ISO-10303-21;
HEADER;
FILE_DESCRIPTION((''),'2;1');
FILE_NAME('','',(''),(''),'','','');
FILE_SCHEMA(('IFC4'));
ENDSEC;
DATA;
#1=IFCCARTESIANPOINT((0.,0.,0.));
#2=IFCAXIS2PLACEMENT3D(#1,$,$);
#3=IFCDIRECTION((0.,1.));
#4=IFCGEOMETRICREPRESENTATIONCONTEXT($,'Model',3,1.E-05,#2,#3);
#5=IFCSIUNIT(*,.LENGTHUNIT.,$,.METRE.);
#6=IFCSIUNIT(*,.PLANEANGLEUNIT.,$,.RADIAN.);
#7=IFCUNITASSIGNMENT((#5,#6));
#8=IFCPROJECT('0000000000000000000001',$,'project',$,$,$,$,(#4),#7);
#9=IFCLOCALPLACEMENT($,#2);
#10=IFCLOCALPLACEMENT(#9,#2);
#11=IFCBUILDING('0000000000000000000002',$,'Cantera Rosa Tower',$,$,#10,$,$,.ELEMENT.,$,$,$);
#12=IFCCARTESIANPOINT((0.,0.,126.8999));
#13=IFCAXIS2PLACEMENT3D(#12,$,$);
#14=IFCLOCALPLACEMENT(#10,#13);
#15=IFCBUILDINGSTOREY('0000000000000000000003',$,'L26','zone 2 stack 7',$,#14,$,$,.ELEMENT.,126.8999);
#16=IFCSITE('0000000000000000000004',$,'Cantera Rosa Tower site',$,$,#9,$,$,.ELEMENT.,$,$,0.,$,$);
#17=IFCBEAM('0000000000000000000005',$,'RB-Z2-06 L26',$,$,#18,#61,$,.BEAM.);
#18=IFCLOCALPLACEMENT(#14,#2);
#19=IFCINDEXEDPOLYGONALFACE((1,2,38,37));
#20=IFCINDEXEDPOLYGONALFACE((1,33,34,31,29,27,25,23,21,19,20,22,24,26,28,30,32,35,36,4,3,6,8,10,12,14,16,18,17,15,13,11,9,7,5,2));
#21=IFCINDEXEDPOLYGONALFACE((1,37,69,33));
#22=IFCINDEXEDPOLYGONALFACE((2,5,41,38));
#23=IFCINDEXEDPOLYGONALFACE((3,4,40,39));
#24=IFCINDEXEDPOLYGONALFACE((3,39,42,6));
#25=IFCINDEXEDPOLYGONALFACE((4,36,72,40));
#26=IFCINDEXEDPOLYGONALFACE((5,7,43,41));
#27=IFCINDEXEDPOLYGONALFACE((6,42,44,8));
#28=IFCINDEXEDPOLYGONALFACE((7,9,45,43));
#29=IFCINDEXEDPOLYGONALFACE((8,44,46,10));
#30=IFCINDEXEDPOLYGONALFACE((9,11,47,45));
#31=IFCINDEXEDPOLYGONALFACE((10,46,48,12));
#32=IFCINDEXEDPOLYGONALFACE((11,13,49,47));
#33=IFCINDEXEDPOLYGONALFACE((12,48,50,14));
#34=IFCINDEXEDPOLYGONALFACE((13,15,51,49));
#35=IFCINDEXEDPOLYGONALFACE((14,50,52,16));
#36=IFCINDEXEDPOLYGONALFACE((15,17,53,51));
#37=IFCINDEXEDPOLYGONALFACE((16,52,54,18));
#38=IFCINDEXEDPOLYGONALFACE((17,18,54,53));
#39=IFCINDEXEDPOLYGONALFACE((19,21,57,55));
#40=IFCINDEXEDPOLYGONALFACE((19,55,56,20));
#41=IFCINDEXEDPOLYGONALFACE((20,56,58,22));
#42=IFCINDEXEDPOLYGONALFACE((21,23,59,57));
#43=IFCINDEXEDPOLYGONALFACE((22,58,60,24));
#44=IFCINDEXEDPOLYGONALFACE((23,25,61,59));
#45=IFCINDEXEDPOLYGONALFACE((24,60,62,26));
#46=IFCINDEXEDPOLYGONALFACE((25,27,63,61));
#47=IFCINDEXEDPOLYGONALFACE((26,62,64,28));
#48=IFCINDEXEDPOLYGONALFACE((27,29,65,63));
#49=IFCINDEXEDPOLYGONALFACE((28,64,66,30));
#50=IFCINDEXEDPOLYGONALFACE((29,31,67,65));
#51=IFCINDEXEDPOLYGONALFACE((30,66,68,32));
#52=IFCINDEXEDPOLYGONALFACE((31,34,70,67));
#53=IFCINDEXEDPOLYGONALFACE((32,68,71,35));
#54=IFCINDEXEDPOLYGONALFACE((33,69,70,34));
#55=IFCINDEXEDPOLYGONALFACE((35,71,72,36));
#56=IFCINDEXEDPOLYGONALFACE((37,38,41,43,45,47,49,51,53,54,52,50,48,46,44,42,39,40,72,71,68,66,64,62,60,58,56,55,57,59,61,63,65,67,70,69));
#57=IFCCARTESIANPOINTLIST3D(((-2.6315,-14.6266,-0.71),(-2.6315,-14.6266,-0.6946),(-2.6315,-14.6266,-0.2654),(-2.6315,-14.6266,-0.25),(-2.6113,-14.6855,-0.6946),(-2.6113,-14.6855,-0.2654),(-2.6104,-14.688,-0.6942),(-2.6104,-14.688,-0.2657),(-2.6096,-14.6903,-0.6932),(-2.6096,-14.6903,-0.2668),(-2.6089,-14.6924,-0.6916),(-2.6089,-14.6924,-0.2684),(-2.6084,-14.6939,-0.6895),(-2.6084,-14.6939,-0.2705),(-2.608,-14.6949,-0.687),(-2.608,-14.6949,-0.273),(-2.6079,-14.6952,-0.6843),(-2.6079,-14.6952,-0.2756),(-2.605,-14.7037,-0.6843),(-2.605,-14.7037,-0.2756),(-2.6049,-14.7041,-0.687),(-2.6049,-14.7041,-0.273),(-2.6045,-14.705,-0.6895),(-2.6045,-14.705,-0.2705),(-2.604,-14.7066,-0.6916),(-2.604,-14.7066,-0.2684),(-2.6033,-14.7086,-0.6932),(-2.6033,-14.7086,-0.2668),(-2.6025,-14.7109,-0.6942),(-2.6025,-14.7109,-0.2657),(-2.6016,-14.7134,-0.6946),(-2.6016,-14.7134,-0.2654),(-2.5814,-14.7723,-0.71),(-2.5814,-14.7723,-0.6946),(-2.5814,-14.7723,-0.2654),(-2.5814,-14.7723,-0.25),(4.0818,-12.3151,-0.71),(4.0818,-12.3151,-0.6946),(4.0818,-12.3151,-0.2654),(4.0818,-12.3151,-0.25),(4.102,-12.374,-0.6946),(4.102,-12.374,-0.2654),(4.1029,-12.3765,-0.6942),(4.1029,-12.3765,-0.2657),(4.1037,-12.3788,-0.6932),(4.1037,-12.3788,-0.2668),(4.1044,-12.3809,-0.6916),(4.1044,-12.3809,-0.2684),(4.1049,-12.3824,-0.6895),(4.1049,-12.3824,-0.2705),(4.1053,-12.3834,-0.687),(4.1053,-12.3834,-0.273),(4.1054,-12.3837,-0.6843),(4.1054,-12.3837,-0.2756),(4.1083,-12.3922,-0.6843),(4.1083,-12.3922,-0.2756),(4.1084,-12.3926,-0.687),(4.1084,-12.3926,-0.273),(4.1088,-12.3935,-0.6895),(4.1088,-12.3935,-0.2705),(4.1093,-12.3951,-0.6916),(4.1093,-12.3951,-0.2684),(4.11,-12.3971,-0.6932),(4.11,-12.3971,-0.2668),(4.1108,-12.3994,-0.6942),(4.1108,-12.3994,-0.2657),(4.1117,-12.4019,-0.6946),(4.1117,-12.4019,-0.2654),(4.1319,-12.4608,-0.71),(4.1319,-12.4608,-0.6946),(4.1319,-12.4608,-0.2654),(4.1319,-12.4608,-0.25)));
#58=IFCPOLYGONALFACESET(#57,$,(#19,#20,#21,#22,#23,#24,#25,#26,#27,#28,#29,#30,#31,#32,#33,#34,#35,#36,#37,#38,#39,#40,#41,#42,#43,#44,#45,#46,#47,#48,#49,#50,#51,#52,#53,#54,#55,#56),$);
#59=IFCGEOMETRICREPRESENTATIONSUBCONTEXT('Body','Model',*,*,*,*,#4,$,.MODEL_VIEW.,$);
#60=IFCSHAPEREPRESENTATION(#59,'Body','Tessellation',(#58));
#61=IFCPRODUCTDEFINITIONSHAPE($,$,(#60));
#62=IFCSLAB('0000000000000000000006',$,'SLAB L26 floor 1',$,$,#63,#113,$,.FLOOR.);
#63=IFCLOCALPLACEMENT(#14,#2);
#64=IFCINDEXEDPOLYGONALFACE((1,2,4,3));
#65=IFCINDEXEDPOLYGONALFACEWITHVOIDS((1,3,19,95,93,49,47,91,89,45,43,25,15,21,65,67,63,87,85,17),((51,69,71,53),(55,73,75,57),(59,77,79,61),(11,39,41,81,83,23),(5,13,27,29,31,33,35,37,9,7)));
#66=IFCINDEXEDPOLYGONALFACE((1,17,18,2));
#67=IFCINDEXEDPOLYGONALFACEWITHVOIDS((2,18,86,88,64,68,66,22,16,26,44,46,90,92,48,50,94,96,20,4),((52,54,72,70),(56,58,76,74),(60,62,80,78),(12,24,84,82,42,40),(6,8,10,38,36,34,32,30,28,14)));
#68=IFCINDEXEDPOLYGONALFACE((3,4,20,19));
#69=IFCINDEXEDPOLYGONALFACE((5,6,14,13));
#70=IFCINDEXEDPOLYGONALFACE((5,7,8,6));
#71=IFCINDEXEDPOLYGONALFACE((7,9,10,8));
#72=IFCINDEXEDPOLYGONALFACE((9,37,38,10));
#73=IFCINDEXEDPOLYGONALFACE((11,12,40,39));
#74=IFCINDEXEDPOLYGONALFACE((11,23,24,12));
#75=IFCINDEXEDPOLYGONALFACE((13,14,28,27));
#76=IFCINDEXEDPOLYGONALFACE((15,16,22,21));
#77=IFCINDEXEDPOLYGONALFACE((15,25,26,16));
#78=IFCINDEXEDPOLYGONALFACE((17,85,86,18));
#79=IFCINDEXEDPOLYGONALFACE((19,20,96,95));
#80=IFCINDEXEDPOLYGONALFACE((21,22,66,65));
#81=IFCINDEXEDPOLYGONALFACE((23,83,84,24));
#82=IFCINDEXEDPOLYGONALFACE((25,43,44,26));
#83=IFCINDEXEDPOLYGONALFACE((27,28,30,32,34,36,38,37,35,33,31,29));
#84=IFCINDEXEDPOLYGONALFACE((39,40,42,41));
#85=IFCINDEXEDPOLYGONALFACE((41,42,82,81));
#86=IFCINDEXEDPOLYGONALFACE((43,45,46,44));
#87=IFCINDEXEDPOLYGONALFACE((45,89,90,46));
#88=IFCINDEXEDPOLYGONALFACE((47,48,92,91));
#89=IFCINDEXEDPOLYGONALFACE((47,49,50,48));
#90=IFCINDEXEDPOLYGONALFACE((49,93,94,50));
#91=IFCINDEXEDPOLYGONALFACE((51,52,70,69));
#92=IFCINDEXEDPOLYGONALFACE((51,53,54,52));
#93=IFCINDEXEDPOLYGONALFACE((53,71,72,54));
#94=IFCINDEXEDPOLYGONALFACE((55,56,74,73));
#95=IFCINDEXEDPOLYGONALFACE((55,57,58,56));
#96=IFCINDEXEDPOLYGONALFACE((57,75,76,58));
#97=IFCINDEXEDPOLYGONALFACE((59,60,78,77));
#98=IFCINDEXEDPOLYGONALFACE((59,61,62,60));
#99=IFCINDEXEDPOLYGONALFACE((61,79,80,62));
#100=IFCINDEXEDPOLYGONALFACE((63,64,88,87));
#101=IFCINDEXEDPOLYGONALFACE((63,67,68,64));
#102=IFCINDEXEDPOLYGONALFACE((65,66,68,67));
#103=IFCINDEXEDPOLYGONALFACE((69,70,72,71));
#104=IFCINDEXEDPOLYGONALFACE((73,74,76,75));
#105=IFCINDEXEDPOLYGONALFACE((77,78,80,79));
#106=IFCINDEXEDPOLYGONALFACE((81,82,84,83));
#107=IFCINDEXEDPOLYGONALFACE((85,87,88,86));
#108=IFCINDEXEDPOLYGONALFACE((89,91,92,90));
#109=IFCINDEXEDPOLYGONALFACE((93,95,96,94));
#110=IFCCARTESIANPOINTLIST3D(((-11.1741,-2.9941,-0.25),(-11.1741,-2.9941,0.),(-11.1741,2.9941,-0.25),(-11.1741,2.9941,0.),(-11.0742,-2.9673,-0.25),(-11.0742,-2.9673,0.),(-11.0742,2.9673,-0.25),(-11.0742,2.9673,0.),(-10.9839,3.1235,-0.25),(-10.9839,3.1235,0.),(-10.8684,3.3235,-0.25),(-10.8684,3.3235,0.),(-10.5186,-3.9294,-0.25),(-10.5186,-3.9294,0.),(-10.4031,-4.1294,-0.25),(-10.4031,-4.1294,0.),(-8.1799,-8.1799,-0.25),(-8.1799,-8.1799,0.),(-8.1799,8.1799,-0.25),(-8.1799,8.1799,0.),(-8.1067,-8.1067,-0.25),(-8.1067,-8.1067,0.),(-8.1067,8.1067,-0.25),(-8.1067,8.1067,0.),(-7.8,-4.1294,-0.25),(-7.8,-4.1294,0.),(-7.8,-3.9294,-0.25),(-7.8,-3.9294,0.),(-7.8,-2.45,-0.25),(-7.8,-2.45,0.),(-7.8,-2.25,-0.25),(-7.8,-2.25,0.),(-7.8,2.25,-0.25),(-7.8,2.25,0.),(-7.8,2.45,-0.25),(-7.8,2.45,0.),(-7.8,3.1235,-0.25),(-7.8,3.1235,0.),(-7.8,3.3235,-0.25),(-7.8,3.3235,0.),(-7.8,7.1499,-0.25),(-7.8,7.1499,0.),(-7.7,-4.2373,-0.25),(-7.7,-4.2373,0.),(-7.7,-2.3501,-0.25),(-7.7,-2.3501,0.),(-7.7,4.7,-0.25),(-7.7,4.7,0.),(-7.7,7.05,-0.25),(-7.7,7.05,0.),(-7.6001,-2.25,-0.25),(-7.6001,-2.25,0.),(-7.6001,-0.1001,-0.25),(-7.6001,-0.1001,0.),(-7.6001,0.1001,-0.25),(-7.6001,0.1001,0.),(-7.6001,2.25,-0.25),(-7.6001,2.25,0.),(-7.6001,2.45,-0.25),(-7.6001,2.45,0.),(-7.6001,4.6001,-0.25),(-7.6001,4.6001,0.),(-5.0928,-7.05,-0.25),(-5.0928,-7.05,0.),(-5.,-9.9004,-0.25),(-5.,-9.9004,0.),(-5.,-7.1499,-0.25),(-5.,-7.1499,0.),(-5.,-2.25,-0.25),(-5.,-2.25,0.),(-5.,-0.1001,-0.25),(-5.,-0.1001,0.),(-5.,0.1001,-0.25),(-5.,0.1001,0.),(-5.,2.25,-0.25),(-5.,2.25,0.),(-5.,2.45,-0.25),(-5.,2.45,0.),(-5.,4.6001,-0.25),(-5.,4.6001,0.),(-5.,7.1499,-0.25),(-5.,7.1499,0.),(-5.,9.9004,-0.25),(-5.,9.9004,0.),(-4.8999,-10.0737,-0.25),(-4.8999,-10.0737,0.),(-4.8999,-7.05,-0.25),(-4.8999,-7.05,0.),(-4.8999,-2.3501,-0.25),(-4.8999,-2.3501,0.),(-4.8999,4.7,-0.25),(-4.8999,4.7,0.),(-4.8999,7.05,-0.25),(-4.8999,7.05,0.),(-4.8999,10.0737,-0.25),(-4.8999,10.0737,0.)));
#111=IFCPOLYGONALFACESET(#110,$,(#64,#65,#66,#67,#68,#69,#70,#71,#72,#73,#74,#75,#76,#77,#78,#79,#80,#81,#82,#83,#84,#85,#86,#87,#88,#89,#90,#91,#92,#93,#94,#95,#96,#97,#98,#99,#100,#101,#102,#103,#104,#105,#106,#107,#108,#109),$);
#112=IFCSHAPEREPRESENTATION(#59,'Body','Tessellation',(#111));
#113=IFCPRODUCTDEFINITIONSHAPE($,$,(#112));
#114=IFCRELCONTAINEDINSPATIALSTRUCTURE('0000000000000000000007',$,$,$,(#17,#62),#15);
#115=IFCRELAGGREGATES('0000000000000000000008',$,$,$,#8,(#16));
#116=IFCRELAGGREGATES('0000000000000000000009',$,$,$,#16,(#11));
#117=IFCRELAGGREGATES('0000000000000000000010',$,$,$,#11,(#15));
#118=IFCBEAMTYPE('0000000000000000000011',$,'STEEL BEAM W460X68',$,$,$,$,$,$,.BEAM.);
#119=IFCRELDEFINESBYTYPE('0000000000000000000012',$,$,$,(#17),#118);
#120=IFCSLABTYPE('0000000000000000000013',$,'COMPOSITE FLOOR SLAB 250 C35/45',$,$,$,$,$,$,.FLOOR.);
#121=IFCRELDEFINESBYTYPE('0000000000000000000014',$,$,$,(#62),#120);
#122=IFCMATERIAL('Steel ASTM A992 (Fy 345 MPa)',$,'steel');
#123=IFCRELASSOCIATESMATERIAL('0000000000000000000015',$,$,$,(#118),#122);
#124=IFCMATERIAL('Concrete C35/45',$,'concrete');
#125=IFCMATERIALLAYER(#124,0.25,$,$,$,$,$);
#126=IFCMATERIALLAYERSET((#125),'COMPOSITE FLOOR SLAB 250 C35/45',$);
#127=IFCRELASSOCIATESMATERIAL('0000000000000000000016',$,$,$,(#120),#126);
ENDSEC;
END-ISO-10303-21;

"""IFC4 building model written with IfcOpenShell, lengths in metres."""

from ifc_helpers import new_model, si_unit, direction, frame, origin, origin_2d, place, context, subcontext, project, spatial, polyline, i_section, outline, extrude, material, layer, layer_set, material_profile, profile_set, type_object, element, save


model = new_model("IFC4")

# Units and contexts
model_context = context("Model", 3, precision=1e-05, world=origin(), true_north=direction((0.0, 1.0)))
body_context = subcontext(model_context, "Body", "Model", "MODEL_VIEW")
ifc_project = project(units=[si_unit("LENGTHUNIT", "METRE"), si_unit("PLANEANGLEUNIT", "RADIAN")], contexts=[model_context])

# Site, building, storey
site_placement = place(None, origin())
site = spatial("IfcSite", under=ifc_project, at=site_placement, Name="Cantera Rosa Tower site", CompositionType="ELEMENT", RefElevation=0.0)
building_placement = place(site_placement, origin())
building = spatial("IfcBuilding", under=site, at=building_placement, Name="Cantera Rosa Tower", CompositionType="ELEMENT")
storey_placement = place(building_placement, frame((0.0, 0.0, 126.8999)))
storey = spatial("IfcBuildingStorey", under=building, at=storey_placement, Name="L26", Description="zone 2 stack 7", CompositionType="ELEMENT", Elevation=126.8999)

# Beam
ifc_material_1 = material(Name="Steel ASTM A992 (Fy 345 MPa)", Category="steel")
ifc_material_profile = material_profile(ifc_material_1, i_section(OverallWidth=0.1541, OverallDepth=0.46, WebThickness=0.009, FlangeThickness=0.0154, FilletRadius=0.0103, at=origin_2d()), Name="W460X68")
ifc_profile_set = profile_set([ifc_material_profile], Name="Steel ASTM A992 (Fy 345 MPa)")
beam_type = type_object("IfcBeamType", Name="STEEL BEAM W460X68", PredefinedType="BEAM", material=ifc_profile_set)
beam_placement = place(storey_placement, frame((-2.6064, -14.6995, -0.48), z_axis=(0.945522, 0.325558, 0.0), x_axis=(-0.325558, 0.945522, 0.0)))
element("IfcBeam", 1, at=beam_placement, inside=storey, type_object=beam_type, Name="RB-Z2-06 L26", PredefinedType="BEAM", context=body_context, shape_type="SweptSolid", body=[
    extrude(i_section(OverallWidth=0.1541, OverallDepth=0.46, WebThickness=0.009, FlangeThickness=0.0154, FilletRadius=0.0103, at=origin_2d()), origin(), (0.0, 0.0, 1.0), 7.1001),
])

# Slab
ifc_material_2 = material(Name="Concrete C35/45", Category="concrete")
ifc_layer_1 = layer(ifc_material_2, 0.25)
ifc_layer_set_1 = layer_set([ifc_layer_1], Name="COMPOSITE FLOOR SLAB 250 C35/45")
slab_type_1 = type_object("IfcSlabType", Name="COMPOSITE FLOOR SLAB 250 C35/45", PredefinedType="FLOOR", material=ifc_layer_set_1)
slab_1_placement = place(storey_placement, frame((0.0, 0.0, -0.25)))
element("IfcSlab", 2, at=slab_1_placement, inside=storey, type_object=slab_type_1, Name="SLAB L26 floor 1", PredefinedType="FLOOR", context=body_context, shape_type="SweptSolid", body=[
    extrude(outline(polyline([(-10.4031, -4.1294), (-8.1067, -8.1067), (-5.0, -9.9004), (-5.0, -7.1499), (-5.0928, -7.05), (-4.8999, -7.05), (-4.8999, -10.0737), (-8.1799, -8.1799), (-11.1741, -2.9941), (-11.1741, 2.9941), (-8.1799, 8.1799), (-4.8999, 10.0737), (-4.8999, 7.05), (-7.7, 7.05), (-7.7, 4.7), (-4.8999, 4.7), (-4.8999, -2.3501), (-7.7, -2.3501), (-7.7, -4.2373), (-7.8, -4.1294), (-10.4031, -4.1294)]), holes=[polyline([(-7.6001, -0.1001), (-7.6001, -2.25), (-5.0, -2.25), (-5.0, -0.1001), (-7.6001, -0.1001)]), polyline([(-11.0742, 2.9673), (-11.0742, -2.9673), (-10.5186, -3.9294), (-7.8, -3.9294), (-7.8, -2.45), (-7.8, -2.25), (-7.8, 2.25), (-7.8, 2.45), (-7.8, 3.1235), (-10.9839, 3.1235), (-11.0742, 2.9673)]), polyline([(-7.6001, 2.25), (-7.6001, 0.1001), (-5.0, 0.1001), (-5.0, 2.25), (-7.6001, 2.25)]), polyline([(-7.6001, 4.6001), (-7.6001, 2.45), (-5.0, 2.45), (-5.0, 4.6001), (-7.6001, 4.6001)]), polyline([(-8.1067, 8.1067), (-10.8684, 3.3235), (-7.8, 3.3235), (-7.8, 7.1499), (-5.0, 7.1499), (-5.0, 9.9004), (-8.1067, 8.1067)])]), origin(), (0.0, 0.0, 1.0), 0.25),
])

save(model, "model.ifc")
